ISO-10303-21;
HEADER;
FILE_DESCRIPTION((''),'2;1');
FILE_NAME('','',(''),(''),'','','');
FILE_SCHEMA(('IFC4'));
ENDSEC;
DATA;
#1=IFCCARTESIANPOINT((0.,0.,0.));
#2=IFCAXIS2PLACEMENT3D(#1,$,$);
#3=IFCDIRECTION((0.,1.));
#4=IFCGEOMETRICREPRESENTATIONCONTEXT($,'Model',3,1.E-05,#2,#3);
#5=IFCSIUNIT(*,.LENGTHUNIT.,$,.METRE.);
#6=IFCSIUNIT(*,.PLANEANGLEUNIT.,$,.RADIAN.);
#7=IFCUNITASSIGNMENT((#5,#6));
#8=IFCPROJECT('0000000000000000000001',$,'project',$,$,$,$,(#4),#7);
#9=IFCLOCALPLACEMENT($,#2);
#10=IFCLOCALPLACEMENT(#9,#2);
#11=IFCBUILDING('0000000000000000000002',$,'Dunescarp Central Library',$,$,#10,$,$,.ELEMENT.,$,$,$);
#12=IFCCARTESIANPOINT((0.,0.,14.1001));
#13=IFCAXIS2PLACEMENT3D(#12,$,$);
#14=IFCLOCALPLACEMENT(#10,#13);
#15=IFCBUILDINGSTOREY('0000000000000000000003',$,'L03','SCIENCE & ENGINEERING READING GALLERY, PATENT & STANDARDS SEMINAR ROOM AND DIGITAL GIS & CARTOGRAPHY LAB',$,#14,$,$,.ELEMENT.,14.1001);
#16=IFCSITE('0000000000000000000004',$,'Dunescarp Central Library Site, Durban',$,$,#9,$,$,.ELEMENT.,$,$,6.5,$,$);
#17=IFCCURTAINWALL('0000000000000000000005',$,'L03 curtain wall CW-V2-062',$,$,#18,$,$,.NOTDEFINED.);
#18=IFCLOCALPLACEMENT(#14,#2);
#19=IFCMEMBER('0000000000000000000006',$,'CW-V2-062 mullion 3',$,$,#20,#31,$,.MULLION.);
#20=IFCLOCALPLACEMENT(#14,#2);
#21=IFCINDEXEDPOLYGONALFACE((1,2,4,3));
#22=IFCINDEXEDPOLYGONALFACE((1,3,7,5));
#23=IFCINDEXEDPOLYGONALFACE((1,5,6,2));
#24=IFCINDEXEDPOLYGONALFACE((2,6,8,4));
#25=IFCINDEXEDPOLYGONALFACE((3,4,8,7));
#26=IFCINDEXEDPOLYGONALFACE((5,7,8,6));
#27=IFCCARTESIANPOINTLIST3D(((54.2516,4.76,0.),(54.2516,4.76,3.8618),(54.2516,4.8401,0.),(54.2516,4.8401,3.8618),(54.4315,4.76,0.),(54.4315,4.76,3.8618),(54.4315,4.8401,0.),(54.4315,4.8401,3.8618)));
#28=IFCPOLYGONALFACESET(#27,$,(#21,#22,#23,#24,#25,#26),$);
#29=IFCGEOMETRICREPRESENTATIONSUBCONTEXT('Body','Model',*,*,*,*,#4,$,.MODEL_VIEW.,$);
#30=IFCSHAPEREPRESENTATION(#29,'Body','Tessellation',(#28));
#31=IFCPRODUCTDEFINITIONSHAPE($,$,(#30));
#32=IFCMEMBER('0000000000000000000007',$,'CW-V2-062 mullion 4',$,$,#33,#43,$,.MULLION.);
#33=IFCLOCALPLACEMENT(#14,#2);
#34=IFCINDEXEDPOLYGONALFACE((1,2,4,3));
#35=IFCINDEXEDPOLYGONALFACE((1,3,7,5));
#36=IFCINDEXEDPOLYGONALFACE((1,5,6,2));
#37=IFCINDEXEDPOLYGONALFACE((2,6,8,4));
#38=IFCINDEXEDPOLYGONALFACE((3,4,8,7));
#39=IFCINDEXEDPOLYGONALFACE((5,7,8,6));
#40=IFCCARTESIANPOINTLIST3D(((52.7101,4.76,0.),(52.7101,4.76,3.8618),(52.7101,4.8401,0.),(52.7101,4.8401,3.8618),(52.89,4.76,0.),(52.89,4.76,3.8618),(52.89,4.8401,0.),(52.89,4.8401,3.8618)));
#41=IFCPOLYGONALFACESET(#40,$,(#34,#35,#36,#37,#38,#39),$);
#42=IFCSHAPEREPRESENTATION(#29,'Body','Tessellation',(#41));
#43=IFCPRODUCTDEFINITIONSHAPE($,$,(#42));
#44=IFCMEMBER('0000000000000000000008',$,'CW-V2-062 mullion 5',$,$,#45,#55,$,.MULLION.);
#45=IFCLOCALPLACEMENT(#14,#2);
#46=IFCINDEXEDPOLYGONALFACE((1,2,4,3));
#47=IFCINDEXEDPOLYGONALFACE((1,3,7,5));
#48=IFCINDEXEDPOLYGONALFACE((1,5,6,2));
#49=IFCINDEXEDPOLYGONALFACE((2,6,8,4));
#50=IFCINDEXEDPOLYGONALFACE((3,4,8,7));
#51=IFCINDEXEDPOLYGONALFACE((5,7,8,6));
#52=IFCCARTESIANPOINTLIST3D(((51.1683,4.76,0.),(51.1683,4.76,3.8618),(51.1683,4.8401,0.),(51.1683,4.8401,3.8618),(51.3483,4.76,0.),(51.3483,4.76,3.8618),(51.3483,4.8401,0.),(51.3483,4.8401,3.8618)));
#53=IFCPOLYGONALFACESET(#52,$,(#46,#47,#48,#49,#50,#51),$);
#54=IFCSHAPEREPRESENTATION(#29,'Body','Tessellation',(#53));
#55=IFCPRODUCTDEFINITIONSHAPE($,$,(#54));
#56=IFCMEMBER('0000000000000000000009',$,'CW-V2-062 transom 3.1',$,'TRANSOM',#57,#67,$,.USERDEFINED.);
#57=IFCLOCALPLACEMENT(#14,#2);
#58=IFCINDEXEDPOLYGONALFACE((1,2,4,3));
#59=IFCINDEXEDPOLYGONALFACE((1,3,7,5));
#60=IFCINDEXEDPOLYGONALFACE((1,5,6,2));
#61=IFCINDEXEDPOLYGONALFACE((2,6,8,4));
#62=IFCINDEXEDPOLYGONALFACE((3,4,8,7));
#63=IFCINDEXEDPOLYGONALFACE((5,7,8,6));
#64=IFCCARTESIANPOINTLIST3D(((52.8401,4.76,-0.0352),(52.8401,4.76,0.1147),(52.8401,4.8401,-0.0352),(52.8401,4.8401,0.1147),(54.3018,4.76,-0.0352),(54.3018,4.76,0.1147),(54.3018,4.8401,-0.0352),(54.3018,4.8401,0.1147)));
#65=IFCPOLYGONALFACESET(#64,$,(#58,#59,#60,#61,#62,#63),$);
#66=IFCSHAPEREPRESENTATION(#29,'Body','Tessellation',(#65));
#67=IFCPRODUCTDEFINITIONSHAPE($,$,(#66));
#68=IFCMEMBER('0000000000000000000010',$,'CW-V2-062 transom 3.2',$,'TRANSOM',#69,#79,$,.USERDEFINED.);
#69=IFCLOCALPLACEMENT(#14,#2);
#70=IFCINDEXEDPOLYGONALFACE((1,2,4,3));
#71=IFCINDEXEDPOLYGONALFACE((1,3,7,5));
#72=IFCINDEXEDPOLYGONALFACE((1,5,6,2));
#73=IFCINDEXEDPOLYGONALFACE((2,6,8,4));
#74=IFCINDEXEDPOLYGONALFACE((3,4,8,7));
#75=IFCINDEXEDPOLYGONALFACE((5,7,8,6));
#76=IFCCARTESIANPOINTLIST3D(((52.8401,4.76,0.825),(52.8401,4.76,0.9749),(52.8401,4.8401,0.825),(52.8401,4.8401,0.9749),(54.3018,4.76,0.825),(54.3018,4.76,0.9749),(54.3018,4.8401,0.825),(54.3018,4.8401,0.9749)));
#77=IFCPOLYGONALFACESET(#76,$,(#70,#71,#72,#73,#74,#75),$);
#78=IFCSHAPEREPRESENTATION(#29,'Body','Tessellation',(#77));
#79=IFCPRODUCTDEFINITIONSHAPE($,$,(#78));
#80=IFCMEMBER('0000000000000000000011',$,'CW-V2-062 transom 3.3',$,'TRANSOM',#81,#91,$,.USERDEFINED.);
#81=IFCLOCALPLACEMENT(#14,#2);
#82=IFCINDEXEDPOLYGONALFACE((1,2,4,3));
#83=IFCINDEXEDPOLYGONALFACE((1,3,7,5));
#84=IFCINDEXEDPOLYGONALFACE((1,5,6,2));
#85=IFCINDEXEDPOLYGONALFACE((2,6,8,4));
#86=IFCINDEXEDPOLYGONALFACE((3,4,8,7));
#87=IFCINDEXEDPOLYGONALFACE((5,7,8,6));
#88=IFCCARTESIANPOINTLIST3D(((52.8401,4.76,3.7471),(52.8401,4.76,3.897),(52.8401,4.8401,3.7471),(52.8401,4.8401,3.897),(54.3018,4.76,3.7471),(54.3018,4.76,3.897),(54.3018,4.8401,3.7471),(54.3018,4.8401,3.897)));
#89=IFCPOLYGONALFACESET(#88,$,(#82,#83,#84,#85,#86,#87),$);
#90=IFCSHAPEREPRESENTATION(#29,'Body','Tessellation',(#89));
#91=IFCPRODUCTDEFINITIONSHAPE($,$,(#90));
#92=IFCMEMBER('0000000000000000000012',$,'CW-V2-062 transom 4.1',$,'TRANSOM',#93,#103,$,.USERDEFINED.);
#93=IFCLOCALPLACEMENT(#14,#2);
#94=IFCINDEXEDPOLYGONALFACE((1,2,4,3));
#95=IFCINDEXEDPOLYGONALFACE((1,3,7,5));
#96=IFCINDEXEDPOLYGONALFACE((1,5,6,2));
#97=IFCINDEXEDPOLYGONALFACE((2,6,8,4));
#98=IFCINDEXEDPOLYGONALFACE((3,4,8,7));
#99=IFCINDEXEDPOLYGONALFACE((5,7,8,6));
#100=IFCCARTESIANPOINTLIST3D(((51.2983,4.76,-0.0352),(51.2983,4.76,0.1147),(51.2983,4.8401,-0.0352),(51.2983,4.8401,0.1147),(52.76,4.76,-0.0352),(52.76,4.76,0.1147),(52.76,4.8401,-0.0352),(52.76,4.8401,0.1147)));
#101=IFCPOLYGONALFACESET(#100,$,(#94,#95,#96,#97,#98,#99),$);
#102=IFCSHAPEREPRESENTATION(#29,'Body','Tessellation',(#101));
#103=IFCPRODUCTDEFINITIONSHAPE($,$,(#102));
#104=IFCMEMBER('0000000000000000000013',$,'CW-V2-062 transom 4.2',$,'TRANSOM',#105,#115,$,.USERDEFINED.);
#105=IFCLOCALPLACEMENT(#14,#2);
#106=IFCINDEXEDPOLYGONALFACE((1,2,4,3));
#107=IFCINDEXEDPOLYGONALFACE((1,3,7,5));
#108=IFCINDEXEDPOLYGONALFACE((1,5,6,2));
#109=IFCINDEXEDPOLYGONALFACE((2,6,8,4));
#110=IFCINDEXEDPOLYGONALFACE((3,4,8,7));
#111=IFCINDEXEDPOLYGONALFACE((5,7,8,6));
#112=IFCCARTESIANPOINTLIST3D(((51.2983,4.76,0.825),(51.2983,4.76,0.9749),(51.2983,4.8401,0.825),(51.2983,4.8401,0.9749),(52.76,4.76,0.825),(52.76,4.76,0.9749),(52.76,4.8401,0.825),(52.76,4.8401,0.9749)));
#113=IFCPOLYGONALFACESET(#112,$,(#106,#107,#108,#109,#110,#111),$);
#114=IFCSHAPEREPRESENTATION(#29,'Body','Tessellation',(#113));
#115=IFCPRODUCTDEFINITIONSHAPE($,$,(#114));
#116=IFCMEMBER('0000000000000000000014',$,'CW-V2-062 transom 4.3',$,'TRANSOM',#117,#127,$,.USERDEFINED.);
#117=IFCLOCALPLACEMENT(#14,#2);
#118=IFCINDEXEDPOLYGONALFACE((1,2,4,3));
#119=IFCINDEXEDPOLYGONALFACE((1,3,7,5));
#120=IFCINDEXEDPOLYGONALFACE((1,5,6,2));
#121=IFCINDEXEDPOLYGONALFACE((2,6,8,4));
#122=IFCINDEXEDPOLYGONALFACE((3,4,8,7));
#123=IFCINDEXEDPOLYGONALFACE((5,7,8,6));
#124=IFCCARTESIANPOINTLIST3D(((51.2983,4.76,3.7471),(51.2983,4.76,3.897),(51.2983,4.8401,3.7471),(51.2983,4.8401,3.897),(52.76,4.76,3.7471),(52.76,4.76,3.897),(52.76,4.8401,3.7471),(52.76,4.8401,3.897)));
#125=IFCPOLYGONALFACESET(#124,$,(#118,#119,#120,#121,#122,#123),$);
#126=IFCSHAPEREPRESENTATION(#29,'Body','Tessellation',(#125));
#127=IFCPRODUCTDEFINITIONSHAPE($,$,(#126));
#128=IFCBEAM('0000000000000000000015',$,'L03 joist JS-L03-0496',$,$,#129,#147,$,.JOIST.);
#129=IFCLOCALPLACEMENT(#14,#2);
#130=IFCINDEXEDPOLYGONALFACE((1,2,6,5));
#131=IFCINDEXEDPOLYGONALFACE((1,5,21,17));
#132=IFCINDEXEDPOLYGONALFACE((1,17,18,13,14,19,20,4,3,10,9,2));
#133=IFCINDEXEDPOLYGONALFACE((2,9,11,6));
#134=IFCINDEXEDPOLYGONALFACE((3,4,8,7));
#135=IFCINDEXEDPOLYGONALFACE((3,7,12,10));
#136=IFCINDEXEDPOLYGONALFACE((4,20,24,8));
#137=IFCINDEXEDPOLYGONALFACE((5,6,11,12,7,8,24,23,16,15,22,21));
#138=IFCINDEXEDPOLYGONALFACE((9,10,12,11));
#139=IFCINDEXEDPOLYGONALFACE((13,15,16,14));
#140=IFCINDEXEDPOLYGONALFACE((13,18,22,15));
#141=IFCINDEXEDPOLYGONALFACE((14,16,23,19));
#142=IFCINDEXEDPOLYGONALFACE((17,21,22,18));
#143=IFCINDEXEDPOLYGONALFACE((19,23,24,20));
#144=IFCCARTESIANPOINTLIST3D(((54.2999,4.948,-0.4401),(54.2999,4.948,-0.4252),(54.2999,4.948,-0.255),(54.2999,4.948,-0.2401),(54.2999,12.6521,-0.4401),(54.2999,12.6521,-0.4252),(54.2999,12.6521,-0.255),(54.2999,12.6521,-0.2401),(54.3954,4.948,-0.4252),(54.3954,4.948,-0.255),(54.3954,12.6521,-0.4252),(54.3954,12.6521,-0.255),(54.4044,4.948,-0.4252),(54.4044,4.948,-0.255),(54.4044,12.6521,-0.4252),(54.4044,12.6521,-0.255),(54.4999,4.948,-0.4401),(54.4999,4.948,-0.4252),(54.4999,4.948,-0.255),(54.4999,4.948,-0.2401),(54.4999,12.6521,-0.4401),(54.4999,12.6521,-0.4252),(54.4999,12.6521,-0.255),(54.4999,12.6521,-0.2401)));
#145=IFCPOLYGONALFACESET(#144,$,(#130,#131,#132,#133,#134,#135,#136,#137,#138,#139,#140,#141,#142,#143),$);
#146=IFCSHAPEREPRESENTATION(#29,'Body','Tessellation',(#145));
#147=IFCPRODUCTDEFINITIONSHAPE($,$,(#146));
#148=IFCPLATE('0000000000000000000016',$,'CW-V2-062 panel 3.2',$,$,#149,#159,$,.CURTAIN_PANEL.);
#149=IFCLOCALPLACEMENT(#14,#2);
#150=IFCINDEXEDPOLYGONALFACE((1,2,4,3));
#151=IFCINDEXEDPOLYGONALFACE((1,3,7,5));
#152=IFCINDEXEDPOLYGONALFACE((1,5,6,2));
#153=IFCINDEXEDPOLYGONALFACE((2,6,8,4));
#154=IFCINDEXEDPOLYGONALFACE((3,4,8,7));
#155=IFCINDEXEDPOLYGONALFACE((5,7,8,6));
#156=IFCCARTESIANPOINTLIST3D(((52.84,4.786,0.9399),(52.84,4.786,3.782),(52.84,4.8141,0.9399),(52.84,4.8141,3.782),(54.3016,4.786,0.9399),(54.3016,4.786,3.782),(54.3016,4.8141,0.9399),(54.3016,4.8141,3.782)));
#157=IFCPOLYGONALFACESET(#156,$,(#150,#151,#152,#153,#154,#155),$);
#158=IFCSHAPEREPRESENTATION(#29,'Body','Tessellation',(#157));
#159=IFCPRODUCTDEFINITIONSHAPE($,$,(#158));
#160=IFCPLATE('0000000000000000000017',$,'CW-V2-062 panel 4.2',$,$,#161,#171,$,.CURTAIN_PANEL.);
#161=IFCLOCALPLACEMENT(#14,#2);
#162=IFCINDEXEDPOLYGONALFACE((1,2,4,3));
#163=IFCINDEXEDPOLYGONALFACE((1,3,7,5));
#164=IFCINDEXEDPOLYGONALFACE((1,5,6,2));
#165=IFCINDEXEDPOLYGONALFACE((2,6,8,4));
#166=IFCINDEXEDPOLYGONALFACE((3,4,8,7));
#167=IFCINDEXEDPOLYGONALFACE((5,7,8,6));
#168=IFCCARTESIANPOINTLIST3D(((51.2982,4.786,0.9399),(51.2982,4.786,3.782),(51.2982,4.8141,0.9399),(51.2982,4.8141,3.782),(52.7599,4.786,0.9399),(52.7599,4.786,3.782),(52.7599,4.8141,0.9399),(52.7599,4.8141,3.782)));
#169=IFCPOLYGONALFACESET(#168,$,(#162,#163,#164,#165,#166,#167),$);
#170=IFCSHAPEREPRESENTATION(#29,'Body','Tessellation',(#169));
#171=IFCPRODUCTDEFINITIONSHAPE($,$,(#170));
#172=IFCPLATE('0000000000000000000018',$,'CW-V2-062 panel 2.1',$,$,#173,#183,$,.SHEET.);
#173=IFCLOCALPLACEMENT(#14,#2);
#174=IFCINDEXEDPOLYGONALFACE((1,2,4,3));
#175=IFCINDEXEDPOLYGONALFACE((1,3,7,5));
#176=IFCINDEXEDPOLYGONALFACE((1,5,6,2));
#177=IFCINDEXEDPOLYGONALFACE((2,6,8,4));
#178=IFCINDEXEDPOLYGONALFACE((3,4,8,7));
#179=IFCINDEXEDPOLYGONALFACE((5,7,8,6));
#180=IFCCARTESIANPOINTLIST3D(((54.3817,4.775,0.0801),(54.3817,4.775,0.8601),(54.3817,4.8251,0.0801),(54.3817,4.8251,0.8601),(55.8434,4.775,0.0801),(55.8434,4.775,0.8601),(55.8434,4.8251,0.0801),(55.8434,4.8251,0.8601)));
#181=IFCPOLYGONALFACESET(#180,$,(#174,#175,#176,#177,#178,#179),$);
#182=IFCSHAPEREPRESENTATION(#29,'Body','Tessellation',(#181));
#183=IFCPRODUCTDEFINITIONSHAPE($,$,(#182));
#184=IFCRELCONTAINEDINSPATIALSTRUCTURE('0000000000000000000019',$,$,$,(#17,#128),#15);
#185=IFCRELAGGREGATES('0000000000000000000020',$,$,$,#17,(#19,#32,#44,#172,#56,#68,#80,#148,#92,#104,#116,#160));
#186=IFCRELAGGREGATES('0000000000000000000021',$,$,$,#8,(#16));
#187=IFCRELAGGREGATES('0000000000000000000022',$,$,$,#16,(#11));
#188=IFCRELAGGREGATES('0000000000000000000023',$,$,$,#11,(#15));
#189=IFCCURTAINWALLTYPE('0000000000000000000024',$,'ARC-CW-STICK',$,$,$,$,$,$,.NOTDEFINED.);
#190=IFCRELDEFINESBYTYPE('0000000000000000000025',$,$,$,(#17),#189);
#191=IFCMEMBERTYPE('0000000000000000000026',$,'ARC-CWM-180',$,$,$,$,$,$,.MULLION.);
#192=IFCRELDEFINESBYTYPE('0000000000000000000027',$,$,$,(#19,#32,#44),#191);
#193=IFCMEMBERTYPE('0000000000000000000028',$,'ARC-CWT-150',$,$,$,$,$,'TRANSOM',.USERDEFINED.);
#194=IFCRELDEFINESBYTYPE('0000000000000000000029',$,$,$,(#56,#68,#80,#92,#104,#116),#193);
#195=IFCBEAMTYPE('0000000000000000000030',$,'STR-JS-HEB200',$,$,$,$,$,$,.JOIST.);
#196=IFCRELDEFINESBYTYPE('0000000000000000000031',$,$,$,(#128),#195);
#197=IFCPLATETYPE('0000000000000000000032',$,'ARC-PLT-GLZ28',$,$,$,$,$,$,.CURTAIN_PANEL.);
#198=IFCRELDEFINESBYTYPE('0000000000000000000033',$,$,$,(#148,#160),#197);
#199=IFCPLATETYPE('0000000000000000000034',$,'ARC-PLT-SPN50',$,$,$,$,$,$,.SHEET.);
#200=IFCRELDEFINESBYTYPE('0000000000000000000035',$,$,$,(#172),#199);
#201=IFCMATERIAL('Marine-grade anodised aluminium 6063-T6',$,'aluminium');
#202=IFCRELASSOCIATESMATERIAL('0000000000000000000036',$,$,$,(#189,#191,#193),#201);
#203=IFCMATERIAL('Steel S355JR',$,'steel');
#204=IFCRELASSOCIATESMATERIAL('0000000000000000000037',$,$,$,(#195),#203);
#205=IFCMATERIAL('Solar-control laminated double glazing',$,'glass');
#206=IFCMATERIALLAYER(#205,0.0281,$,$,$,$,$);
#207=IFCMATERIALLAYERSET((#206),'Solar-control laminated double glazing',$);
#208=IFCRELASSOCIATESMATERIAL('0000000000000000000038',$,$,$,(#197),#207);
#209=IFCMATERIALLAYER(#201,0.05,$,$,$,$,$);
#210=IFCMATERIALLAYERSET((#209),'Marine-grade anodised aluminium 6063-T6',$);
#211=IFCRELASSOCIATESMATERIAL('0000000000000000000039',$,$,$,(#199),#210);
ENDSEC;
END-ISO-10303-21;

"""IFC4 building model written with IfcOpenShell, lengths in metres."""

from ifc_helpers import new_model, si_unit, direction, frame, origin, origin_2d, place, context, subcontext, project, spatial, rectangle, i_section, extrude, material, layer, layer_set, material_profile, profile_set, type_object, element, aggregate, save


model = new_model("IFC4")

# Units and contexts
model_context = context("Model", 3, precision=1e-05, world=origin(), true_north=direction((0.0, 1.0)))
body_context = subcontext(model_context, "Body", "Model", "MODEL_VIEW")
ifc_project = project(units=[si_unit("LENGTHUNIT", "METRE"), si_unit("PLANEANGLEUNIT", "RADIAN")], contexts=[model_context])

# Site, building, storey
site_placement = place(None, origin())
site = spatial("IfcSite", under=ifc_project, at=site_placement, Name="Dunescarp Central Library Site, Durban", CompositionType="ELEMENT", RefElevation=6.5)
building_placement = place(site_placement, origin())
building = spatial("IfcBuilding", under=site, at=building_placement, Name="Dunescarp Central Library", CompositionType="ELEMENT")
storey_placement = place(building_placement, frame((0.0, 0.0, 14.1001)))
storey = spatial("IfcBuildingStorey", under=building, at=storey_placement, Name="L03", Description="SCIENCE & ENGINEERING READING GALLERY, PATENT & STANDARDS SEMINAR ROOM AND DIGITAL GIS & CARTOGRAPHY LAB", CompositionType="ELEMENT", Elevation=14.1001)

# Curtain wall, members
ifc_material_1 = material(Name="Marine-grade anodised aluminium 6063-T6", Category="aluminium")
curtain_wall_type = type_object("IfcCurtainWallType", Name="ARC-CW-STICK", PredefinedType="NOTDEFINED", material=ifc_material_1)
curtain_wall_placement = place(storey_placement, origin())
curtain_wall = element("IfcCurtainWall", 1, at=curtain_wall_placement, inside=storey, type_object=curtain_wall_type, Name="L03 curtain wall CW-V2-062", PredefinedType="NOTDEFINED")
ifc_material_profile_1 = material_profile(ifc_material_1, rectangle(XDim=0.0801, YDim=0.1799, at=origin_2d()), Name="AL 80x180")
ifc_profile_set_1 = profile_set([ifc_material_profile_1], Name="Marine-grade anodised aluminium 6063-T6")
member_type_1 = type_object("IfcMemberType", Name="ARC-CWM-180", PredefinedType="MULLION", material=ifc_profile_set_1)
member_1_placement = place(storey_placement, frame((54.3416, 4.8, 0.0), z_axis=(0.0, 0.0, 1.0), x_axis=(0.0, -1.0, 0.0)))
member_1 = element("IfcMember", 2, at=member_1_placement, type_object=member_type_1, Name="CW-V2-062 mullion 3", PredefinedType="MULLION", context=body_context, shape_type="SweptSolid", body=[
    extrude(rectangle(XDim=0.0801, YDim=0.1799, at=origin_2d()), origin(), (0.0, 0.0, 1.0), 3.8618),
])
member_2_placement = place(storey_placement, frame((52.8, 4.8, 0.0), z_axis=(0.0, 0.0, 1.0), x_axis=(0.0, -1.0, 0.0)))
member_2 = element("IfcMember", 3, at=member_2_placement, type_object=member_type_1, Name="CW-V2-062 mullion 4", PredefinedType="MULLION", context=body_context, shape_type="SweptSolid", body=[
    extrude(rectangle(XDim=0.0801, YDim=0.1799, at=origin_2d()), origin(), (0.0, 0.0, 1.0), 3.8618),
])
member_3_placement = place(storey_placement, frame((51.2583, 4.8, 0.0), z_axis=(0.0, 0.0, 1.0), x_axis=(0.0, -1.0, 0.0)))
member_3 = element("IfcMember", 4, at=member_3_placement, type_object=member_type_1, Name="CW-V2-062 mullion 5", PredefinedType="MULLION", context=body_context, shape_type="SweptSolid", body=[
    extrude(rectangle(XDim=0.0801, YDim=0.1799, at=origin_2d()), origin(), (0.0, 0.0, 1.0), 3.8618),
])
ifc_material_profile_2 = material_profile(ifc_material_1, rectangle(XDim=0.0801, YDim=0.1499, at=origin_2d()), Name="AL 80x150")
ifc_profile_set_2 = profile_set([ifc_material_profile_2], Name="Marine-grade anodised aluminium 6063-T6")
member_type_2 = type_object("IfcMemberType", Name="ARC-CWT-150", ElementType="TRANSOM", PredefinedType="USERDEFINED", material=ifc_profile_set_2)
member_4_placement = place(storey_placement, frame((54.3018, 4.8, 0.0398), z_axis=(-1.0, 0.0, 0.0), x_axis=(0.0, -1.0, 0.0)))
member_4 = element("IfcMember", 5, at=member_4_placement, type_object=member_type_2, Name="CW-V2-062 transom 3.1", ObjectType="TRANSOM", PredefinedType="USERDEFINED", context=body_context, shape_type="SweptSolid", body=[
    extrude(rectangle(XDim=0.0801, YDim=0.1499, at=origin_2d()), origin(), (0.0, 0.0, 1.0), 1.4617),
])
member_5_placement = place(storey_placement, frame((54.3018, 4.8, 0.8999), z_axis=(-1.0, 0.0, 0.0), x_axis=(0.0, -1.0, 0.0)))
member_5 = element("IfcMember", 6, at=member_5_placement, type_object=member_type_2, Name="CW-V2-062 transom 3.2", ObjectType="TRANSOM", PredefinedType="USERDEFINED", context=body_context, shape_type="SweptSolid", body=[
    extrude(rectangle(XDim=0.0801, YDim=0.1499, at=origin_2d()), origin(), (0.0, 0.0, 1.0), 1.4617),
])
member_6_placement = place(storey_placement, frame((54.3018, 4.8, 3.822), z_axis=(-1.0, 0.0, 0.0), x_axis=(0.0, -1.0, 0.0)))
member_6 = element("IfcMember", 7, at=member_6_placement, type_object=member_type_2, Name="CW-V2-062 transom 3.3", ObjectType="TRANSOM", PredefinedType="USERDEFINED", context=body_context, shape_type="SweptSolid", body=[
    extrude(rectangle(XDim=0.0801, YDim=0.1499, at=origin_2d()), origin(), (0.0, 0.0, 1.0), 1.4617),
])
member_7_placement = place(storey_placement, frame((52.76, 4.8, 0.0398), z_axis=(-1.0, 0.0, 0.0), x_axis=(0.0, -1.0, 0.0)))
member_7 = element("IfcMember", 8, at=member_7_placement, type_object=member_type_2, Name="CW-V2-062 transom 4.1", ObjectType="TRANSOM", PredefinedType="USERDEFINED", context=body_context, shape_type="SweptSolid", body=[
    extrude(rectangle(XDim=0.0801, YDim=0.1499, at=origin_2d()), origin(), (0.0, 0.0, 1.0), 1.4617),
])
member_8_placement = place(storey_placement, frame((52.76, 4.8, 0.8999), z_axis=(-1.0, 0.0, 0.0), x_axis=(0.0, -1.0, 0.0)))
member_8 = element("IfcMember", 9, at=member_8_placement, type_object=member_type_2, Name="CW-V2-062 transom 4.2", ObjectType="TRANSOM", PredefinedType="USERDEFINED", context=body_context, shape_type="SweptSolid", body=[
    extrude(rectangle(XDim=0.0801, YDim=0.1499, at=origin_2d()), origin(), (0.0, 0.0, 1.0), 1.4617),
])
member_9_placement = place(storey_placement, frame((52.76, 4.8, 3.822), z_axis=(-1.0, 0.0, 0.0), x_axis=(0.0, -1.0, 0.0)))
member_9 = element("IfcMember", 10, at=member_9_placement, type_object=member_type_2, Name="CW-V2-062 transom 4.3", ObjectType="TRANSOM", PredefinedType="USERDEFINED", context=body_context, shape_type="SweptSolid", body=[
    extrude(rectangle(XDim=0.0801, YDim=0.1499, at=origin_2d()), origin(), (0.0, 0.0, 1.0), 1.4617),
])

# Beam
ifc_material_2 = material(Name="Steel S355JR", Category="steel")
ifc_material_profile_3 = material_profile(ifc_material_2, i_section(OverallWidth=0.2, OverallDepth=0.2, WebThickness=0.009, FlangeThickness=0.0149, at=origin_2d()), Name="HEB 200")
ifc_profile_set_3 = profile_set([ifc_material_profile_3], Name="Steel S355JR")
beam_type = type_object("IfcBeamType", Name="STR-JS-HEB200", PredefinedType="JOIST", material=ifc_profile_set_3)
beam_placement = place(storey_placement, frame((54.3999, 4.948, -0.3401), z_axis=(0.0, 1.0, 0.0), x_axis=(-1.0, 0.0, 0.0)))
element("IfcBeam", 11, at=beam_placement, inside=storey, type_object=beam_type, Name="L03 joist JS-L03-0496", PredefinedType="JOIST", context=body_context, shape_type="SweptSolid", body=[
    extrude(i_section(OverallWidth=0.2, OverallDepth=0.2, WebThickness=0.009, FlangeThickness=0.0149, at=origin_2d()), origin(), (0.0, 0.0, 1.0), 7.7041),
])

# Plates
ifc_material_3 = material(Name="Solar-control laminated double glazing", Category="glass")
ifc_layer_1 = layer(ifc_material_3, 0.0281)
ifc_layer_set_1 = layer_set([ifc_layer_1], Name="Solar-control laminated double glazing")
plate_type_1 = type_object("IfcPlateType", Name="ARC-PLT-GLZ28", PredefinedType="CURTAIN_PANEL", material=ifc_layer_set_1)
plate_1_placement = place(storey_placement, frame((53.5708, 4.8, 0.9399), z_axis=(0.0, 0.0, 1.0), x_axis=(-1.0, 0.0, 0.0)))
plate_1 = element("IfcPlate", 12, at=plate_1_placement, type_object=plate_type_1, Name="CW-V2-062 panel 3.2", PredefinedType="CURTAIN_PANEL", context=body_context, shape_type="SweptSolid", body=[
    extrude(rectangle(XDim=1.4617, YDim=0.0281, at=origin_2d()), origin(), (0.0, 0.0, 1.0), 2.842),
])
plate_2_placement = place(storey_placement, frame((52.0291, 4.8, 0.9399), z_axis=(0.0, 0.0, 1.0), x_axis=(-1.0, 0.0, 0.0)))
plate_2 = element("IfcPlate", 13, at=plate_2_placement, type_object=plate_type_1, Name="CW-V2-062 panel 4.2", PredefinedType="CURTAIN_PANEL", context=body_context, shape_type="SweptSolid", body=[
    extrude(rectangle(XDim=1.4617, YDim=0.0281, at=origin_2d()), origin(), (0.0, 0.0, 1.0), 2.842),
])
ifc_layer_2 = layer(ifc_material_1, 0.05)
ifc_layer_set_2 = layer_set([ifc_layer_2], Name="Marine-grade anodised aluminium 6063-T6")
plate_type_2 = type_object("IfcPlateType", Name="ARC-PLT-SPN50", PredefinedType="SHEET", material=ifc_layer_set_2)
plate_3_placement = place(storey_placement, frame((55.1125, 4.8, 0.0801), z_axis=(0.0, 0.0, 1.0), x_axis=(-1.0, 0.0, 0.0)))
plate_3 = element("IfcPlate", 14, at=plate_3_placement, type_object=plate_type_2, Name="CW-V2-062 panel 2.1", PredefinedType="SHEET", context=body_context, shape_type="SweptSolid", body=[
    extrude(rectangle(XDim=1.4617, YDim=0.05, at=origin_2d()), origin(), (0.0, 0.0, 1.0), 0.78),
])
aggregate(curtain_wall, [member_1, member_2, member_3, plate_3, member_4, member_5, member_6, plate_1, member_7, member_8, member_9, plate_2])

save(model, "model.ifc")
